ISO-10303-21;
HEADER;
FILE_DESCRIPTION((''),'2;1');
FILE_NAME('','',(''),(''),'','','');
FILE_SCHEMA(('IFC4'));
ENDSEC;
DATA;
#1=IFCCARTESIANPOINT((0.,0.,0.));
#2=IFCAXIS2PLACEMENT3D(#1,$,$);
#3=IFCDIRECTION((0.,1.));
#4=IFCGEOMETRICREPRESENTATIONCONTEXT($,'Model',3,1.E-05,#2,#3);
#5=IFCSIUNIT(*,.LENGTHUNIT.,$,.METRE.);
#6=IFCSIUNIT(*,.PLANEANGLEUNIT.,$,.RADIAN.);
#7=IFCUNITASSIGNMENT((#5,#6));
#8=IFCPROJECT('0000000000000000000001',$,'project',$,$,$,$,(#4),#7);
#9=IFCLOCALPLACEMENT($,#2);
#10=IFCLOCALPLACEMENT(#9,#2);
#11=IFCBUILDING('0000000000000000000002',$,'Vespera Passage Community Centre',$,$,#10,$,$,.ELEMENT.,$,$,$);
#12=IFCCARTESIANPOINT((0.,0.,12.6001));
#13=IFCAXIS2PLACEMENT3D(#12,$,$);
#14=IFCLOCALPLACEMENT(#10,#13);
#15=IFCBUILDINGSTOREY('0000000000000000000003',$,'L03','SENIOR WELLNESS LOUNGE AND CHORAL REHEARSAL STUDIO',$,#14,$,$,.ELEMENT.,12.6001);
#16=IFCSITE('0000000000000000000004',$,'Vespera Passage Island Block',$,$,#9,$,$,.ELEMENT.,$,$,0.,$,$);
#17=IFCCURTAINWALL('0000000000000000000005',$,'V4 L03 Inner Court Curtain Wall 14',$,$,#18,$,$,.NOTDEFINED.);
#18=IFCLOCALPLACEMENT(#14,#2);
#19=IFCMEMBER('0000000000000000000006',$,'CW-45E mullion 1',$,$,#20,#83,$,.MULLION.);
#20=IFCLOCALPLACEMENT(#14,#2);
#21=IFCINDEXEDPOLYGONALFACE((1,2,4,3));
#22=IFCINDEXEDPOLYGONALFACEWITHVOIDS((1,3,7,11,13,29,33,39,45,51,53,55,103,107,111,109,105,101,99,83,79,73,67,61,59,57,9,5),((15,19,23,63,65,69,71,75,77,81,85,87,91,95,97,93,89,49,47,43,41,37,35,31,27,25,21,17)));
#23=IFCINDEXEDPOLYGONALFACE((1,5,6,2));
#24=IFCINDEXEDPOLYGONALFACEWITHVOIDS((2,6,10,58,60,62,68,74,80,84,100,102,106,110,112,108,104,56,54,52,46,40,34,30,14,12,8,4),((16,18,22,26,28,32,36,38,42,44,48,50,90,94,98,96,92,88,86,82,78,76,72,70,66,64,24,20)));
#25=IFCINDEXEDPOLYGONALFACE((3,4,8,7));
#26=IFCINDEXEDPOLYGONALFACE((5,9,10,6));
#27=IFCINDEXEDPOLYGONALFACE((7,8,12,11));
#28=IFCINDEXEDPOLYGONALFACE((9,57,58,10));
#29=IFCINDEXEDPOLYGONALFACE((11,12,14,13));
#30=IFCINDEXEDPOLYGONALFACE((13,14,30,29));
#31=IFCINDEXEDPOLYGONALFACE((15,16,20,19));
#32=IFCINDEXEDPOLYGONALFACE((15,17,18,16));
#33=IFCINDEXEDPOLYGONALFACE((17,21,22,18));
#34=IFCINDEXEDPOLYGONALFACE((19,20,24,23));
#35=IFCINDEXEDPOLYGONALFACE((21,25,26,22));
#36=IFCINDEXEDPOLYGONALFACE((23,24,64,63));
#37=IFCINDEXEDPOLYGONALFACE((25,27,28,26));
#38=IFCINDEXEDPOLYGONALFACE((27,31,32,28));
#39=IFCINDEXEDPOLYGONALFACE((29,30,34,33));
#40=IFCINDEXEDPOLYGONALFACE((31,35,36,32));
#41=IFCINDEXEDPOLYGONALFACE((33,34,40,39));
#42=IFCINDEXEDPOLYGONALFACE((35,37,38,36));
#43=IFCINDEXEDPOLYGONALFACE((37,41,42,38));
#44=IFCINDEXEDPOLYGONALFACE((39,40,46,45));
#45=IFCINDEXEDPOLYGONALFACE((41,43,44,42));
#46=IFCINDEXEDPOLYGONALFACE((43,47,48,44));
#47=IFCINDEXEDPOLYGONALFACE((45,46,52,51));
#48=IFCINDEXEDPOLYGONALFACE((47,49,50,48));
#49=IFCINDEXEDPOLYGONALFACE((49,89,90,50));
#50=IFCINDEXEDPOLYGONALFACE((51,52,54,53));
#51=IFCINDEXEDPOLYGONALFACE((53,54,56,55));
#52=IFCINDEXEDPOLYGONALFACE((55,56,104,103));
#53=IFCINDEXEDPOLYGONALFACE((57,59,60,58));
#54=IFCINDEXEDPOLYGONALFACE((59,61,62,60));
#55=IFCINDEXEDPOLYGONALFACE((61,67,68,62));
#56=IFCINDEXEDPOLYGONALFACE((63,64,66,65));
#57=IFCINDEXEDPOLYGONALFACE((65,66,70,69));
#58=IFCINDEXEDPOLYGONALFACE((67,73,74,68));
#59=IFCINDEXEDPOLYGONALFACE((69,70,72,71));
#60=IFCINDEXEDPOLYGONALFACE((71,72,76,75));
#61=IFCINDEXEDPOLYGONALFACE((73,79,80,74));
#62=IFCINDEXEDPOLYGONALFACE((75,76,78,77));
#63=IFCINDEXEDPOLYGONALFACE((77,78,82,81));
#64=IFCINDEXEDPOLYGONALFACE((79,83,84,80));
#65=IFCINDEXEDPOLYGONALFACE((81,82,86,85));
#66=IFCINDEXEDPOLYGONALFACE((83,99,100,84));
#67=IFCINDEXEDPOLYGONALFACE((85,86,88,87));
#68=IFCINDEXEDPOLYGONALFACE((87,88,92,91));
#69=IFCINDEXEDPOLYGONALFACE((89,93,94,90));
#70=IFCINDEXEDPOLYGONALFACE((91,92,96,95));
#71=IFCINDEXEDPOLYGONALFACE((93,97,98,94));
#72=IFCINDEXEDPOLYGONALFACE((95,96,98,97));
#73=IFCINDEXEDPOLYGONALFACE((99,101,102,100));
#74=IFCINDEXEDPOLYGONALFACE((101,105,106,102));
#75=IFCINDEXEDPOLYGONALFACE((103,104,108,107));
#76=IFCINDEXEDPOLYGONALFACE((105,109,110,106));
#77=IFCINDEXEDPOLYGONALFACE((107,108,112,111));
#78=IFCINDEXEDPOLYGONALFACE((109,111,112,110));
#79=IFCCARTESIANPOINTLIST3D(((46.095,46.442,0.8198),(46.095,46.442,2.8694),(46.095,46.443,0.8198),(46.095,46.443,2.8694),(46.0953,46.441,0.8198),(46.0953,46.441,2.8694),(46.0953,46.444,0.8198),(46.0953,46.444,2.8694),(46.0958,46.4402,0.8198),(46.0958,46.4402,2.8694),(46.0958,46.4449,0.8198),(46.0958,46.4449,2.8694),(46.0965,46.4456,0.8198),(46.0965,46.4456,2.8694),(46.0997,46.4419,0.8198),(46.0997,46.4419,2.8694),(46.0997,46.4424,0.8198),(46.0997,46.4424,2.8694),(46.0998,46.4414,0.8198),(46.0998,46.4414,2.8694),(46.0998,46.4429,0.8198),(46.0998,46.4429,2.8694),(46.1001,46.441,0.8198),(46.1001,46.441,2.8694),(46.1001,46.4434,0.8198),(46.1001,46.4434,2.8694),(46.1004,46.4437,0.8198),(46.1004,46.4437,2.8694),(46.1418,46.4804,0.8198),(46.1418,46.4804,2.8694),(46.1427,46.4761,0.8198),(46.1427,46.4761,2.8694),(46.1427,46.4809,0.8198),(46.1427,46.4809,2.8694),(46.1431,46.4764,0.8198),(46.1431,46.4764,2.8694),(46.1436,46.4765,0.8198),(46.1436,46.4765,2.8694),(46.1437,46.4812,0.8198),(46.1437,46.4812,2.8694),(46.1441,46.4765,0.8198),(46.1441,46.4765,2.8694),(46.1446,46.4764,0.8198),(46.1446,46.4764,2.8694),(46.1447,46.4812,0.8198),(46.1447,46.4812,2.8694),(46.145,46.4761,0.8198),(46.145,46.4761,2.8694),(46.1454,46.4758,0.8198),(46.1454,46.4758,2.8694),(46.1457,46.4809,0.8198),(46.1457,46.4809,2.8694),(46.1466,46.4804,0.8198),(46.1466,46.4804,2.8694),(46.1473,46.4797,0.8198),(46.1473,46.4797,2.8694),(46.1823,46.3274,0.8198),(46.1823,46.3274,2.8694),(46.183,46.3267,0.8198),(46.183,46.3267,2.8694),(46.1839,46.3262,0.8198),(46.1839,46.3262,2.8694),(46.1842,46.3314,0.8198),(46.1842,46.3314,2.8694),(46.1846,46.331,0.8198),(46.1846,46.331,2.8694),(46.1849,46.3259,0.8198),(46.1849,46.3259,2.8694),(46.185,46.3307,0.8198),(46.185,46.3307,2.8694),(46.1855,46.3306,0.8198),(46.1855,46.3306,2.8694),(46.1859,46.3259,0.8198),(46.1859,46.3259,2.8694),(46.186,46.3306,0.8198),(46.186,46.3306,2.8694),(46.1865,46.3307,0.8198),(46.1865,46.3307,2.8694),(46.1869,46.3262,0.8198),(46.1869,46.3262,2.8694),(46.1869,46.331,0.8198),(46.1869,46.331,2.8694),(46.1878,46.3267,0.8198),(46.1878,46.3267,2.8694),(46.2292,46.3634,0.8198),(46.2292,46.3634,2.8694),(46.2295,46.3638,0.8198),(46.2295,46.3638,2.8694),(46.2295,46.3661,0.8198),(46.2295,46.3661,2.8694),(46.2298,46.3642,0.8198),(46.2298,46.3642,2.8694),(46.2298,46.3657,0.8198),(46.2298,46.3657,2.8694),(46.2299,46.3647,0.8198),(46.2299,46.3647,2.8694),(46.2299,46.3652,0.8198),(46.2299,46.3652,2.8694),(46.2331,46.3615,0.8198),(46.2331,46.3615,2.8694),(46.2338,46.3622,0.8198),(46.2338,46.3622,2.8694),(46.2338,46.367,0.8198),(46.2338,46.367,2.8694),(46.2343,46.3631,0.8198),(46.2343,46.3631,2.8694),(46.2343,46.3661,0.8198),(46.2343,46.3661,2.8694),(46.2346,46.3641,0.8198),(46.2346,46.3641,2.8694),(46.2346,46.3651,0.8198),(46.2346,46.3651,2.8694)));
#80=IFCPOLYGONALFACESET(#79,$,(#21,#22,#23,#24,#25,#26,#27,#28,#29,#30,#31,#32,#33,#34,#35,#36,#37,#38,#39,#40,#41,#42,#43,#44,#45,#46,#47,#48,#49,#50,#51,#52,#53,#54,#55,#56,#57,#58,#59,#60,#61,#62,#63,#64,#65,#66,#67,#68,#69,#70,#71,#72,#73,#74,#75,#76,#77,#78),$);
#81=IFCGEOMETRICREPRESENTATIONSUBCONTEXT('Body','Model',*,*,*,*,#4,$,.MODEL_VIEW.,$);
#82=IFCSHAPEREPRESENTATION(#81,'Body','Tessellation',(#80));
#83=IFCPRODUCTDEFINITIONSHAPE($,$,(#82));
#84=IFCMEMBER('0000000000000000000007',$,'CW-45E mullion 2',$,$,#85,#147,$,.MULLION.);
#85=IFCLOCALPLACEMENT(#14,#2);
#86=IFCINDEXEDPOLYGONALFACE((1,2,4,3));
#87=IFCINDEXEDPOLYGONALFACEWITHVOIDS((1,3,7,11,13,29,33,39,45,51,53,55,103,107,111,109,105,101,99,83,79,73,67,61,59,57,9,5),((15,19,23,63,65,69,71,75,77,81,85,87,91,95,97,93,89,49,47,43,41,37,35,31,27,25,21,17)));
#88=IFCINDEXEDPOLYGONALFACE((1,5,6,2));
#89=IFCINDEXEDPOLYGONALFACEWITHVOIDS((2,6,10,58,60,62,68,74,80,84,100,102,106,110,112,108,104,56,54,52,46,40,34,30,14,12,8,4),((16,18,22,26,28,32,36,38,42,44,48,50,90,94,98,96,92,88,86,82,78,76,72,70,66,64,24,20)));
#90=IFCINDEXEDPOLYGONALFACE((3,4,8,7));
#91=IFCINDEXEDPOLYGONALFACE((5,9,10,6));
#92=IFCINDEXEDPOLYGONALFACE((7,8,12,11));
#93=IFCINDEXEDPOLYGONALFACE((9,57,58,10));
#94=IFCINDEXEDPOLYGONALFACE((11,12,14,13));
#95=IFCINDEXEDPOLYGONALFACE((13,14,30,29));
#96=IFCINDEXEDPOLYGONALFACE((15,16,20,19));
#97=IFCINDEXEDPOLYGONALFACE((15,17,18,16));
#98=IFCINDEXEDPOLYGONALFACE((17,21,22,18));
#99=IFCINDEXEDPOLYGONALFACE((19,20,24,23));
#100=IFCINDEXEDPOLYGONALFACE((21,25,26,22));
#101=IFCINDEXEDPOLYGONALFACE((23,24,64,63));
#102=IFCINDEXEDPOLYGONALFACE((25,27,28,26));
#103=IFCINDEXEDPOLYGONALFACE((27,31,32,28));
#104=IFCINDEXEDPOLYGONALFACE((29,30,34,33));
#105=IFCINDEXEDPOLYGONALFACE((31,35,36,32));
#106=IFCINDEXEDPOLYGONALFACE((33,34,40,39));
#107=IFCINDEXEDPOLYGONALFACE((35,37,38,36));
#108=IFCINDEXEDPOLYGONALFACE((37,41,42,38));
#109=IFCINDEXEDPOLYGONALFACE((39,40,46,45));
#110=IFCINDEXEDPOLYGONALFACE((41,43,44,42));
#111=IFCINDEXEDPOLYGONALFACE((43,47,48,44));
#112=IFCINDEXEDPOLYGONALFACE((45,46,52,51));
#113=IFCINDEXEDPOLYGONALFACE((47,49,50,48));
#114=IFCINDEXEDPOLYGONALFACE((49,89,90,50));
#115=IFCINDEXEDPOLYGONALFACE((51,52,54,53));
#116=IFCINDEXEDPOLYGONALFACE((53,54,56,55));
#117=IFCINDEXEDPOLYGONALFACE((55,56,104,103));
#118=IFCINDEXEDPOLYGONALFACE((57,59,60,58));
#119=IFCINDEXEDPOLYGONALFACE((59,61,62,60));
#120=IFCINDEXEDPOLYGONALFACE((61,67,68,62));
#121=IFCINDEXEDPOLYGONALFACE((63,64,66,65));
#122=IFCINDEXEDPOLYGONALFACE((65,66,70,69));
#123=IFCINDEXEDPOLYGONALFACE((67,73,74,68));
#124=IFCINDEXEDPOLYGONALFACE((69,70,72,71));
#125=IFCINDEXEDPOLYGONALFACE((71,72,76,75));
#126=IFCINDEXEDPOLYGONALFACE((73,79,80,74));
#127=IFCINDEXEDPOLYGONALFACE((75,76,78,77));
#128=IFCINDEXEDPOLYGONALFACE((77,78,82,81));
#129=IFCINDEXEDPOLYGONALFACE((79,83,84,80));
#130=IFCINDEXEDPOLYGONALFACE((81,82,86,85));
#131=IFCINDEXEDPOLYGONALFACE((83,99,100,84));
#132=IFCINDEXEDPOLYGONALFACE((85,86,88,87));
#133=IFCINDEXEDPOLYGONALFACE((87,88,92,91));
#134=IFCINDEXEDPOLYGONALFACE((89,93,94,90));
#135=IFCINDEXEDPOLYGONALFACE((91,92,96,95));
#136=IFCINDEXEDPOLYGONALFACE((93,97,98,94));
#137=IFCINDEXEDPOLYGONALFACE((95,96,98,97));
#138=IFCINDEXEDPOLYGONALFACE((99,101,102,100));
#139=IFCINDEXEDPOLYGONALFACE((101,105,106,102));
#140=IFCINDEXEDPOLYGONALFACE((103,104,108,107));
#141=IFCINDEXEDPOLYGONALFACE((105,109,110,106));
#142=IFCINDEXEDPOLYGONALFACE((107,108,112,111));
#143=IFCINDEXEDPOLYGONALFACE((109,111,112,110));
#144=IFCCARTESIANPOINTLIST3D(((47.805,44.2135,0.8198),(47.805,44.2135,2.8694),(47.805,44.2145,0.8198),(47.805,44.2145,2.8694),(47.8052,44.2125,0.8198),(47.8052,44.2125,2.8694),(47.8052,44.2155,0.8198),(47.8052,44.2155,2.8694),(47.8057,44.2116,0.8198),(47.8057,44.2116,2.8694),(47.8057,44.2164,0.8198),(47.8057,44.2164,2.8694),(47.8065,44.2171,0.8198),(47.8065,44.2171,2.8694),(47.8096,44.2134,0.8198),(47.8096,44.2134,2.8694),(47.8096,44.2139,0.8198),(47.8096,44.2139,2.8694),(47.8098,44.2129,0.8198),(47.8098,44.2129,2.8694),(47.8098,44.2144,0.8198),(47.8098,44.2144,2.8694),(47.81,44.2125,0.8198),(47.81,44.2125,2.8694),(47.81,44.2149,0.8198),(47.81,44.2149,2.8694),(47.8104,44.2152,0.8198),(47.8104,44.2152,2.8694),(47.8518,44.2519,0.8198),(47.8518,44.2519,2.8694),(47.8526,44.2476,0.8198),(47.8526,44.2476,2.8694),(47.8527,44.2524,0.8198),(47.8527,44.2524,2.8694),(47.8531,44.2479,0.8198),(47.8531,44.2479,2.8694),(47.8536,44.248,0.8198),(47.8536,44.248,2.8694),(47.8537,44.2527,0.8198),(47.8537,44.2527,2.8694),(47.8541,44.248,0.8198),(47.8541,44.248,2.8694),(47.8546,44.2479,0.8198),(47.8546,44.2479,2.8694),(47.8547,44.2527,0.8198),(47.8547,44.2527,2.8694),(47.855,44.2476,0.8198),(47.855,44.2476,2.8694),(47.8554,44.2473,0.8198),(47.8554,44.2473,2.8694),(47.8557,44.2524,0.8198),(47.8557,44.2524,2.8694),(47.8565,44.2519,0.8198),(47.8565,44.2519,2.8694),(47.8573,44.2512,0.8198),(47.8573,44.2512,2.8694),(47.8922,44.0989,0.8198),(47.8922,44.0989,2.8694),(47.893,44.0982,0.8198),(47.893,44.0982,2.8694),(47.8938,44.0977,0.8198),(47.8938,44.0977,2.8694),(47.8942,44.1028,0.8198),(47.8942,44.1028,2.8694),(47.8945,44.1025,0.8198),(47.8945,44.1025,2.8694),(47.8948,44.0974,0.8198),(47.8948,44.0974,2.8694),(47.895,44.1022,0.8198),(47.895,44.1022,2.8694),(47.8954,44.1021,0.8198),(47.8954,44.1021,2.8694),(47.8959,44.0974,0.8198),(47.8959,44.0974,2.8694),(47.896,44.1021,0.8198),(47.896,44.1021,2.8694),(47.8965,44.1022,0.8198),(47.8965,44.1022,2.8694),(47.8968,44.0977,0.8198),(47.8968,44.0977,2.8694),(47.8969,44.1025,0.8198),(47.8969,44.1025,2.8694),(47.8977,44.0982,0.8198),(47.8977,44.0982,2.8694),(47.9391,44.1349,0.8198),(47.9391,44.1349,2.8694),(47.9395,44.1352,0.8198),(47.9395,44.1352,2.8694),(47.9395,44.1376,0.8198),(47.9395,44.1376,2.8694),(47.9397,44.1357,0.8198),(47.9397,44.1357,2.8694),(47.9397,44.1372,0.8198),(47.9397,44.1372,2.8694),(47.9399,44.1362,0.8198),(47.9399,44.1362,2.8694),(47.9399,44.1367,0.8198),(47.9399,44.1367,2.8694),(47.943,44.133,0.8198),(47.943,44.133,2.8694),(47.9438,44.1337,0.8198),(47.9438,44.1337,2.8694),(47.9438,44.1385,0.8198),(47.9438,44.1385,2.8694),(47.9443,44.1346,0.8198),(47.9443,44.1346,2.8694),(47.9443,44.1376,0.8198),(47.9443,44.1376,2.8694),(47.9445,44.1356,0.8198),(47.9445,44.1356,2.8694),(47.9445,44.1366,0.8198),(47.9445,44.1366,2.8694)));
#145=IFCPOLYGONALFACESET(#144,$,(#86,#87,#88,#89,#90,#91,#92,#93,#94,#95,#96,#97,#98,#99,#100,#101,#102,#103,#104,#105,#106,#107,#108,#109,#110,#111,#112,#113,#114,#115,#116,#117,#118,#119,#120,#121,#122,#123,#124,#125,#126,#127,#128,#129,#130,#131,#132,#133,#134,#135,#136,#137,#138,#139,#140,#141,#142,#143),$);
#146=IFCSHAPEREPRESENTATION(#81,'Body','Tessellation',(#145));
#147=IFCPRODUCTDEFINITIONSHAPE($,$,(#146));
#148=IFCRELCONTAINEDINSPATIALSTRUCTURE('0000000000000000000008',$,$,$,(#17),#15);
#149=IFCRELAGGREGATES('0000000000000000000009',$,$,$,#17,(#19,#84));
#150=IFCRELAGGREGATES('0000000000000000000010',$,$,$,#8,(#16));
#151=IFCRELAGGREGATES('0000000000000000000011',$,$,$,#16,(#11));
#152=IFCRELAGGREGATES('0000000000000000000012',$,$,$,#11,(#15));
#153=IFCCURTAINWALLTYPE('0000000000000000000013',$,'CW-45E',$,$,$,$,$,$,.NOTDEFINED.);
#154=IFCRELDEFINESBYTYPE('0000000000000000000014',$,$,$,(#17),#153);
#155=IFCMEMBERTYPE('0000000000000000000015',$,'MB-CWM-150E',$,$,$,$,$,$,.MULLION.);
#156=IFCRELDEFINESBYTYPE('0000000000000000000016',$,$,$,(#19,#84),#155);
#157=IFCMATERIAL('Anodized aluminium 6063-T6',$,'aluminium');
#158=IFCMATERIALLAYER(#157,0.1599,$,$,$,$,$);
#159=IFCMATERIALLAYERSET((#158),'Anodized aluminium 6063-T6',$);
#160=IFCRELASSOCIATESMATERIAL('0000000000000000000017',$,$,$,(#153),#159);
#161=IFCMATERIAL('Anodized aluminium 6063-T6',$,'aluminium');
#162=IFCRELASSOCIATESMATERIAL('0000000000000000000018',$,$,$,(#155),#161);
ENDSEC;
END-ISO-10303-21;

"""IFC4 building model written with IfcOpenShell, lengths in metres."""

from ifc_helpers import new_model, si_unit, direction, frame, origin, origin_2d, place, context, subcontext, project, spatial, hollow_rectangle, extrude, material, layer, layer_set, material_profile, profile_set, type_object, element, aggregate, save


model = new_model("IFC4")

# Units and contexts
model_context = context("Model", 3, precision=1e-05, world=origin(), true_north=direction((0.0, 1.0)))
body_context = subcontext(model_context, "Body", "Model", "MODEL_VIEW")
ifc_project = project(units=[si_unit("LENGTHUNIT", "METRE"), si_unit("PLANEANGLEUNIT", "RADIAN")], contexts=[model_context])

# Site, building, storey
site_placement = place(None, origin())
site = spatial("IfcSite", under=ifc_project, at=site_placement, Name="Vespera Passage Island Block", CompositionType="ELEMENT", RefElevation=0.0)
building_placement = place(site_placement, origin())
building = spatial("IfcBuilding", under=site, at=building_placement, Name="Vespera Passage Community Centre", CompositionType="ELEMENT")
storey_placement = place(building_placement, frame((0.0, 0.0, 12.6001)))
storey = spatial("IfcBuildingStorey", under=building, at=storey_placement, Name="L03", Description="SENIOR WELLNESS LOUNGE AND CHORAL REHEARSAL STUDIO", CompositionType="ELEMENT", Elevation=12.6001)

# Curtain wall, members
ifc_material_1 = material(Name="Anodized aluminium 6063-T6", Category="aluminium")
ifc_layer_1 = layer(ifc_material_1, 0.1599)
ifc_layer_set_1 = layer_set([ifc_layer_1], Name="Anodized aluminium 6063-T6")
curtain_wall_type_1 = type_object("IfcCurtainWallType", Name="CW-45E", PredefinedType="NOTDEFINED", material=ifc_layer_set_1)
curtain_wall_1_placement = place(storey_placement, origin())
curtain_wall_1 = element("IfcCurtainWall", 1, at=curtain_wall_1_placement, inside=storey, type_object=curtain_wall_type_1, Name="V4 L03 Inner Court Curtain Wall 14", PredefinedType="NOTDEFINED")
ifc_material_2 = material(Name="Anodized aluminium 6063-T6", Category="aluminium")
ifc_material_profile_1 = material_profile(ifc_material_2, hollow_rectangle(XDim=0.0649, YDim=0.1499, WallThickness=0.0039, InnerFilletRadius=0.002, OuterFilletRadius=0.0039, at=origin_2d()), Name="ALU150X65X4")
ifc_profile_set_1 = profile_set([ifc_material_profile_1], Name="Anodized aluminium 6063-T6")
member_type_1 = type_object("IfcMemberType", Name="MB-CWM-150E", PredefinedType="MULLION", material=ifc_profile_set_1)
member_1_placement = place(storey_placement, frame((46.1648, 46.4036, 0.8198), z_axis=(0.0, 0.0, 1.0), x_axis=(0.793358, 0.608755, 0.0)))
member_1 = element("IfcMember", 2, at=member_1_placement, type_object=member_type_1, Name="CW-45E mullion 1", PredefinedType="MULLION", context=body_context, shape_type="SweptSolid", body=[
    extrude(hollow_rectangle(XDim=0.0649, YDim=0.1499, WallThickness=0.0039, InnerFilletRadius=0.002, OuterFilletRadius=0.0039, at=origin_2d()), origin(), (0.0, 0.0, 1.0), 2.0496),
])
member_2_placement = place(storey_placement, frame((47.8748, 44.175, 0.8198), z_axis=(0.0, 0.0, 1.0), x_axis=(0.793358, 0.608755, 0.0)))
member_2 = element("IfcMember", 3, at=member_2_placement, type_object=member_type_1, Name="CW-45E mullion 2", PredefinedType="MULLION", context=body_context, shape_type="SweptSolid", body=[
    extrude(hollow_rectangle(XDim=0.0649, YDim=0.1499, WallThickness=0.0039, InnerFilletRadius=0.002, OuterFilletRadius=0.0039, at=origin_2d()), origin(), (0.0, 0.0, 1.0), 2.0496),
])

aggregate(curtain_wall_1, [member_1, member_2])

save(model, "model.ifc")
